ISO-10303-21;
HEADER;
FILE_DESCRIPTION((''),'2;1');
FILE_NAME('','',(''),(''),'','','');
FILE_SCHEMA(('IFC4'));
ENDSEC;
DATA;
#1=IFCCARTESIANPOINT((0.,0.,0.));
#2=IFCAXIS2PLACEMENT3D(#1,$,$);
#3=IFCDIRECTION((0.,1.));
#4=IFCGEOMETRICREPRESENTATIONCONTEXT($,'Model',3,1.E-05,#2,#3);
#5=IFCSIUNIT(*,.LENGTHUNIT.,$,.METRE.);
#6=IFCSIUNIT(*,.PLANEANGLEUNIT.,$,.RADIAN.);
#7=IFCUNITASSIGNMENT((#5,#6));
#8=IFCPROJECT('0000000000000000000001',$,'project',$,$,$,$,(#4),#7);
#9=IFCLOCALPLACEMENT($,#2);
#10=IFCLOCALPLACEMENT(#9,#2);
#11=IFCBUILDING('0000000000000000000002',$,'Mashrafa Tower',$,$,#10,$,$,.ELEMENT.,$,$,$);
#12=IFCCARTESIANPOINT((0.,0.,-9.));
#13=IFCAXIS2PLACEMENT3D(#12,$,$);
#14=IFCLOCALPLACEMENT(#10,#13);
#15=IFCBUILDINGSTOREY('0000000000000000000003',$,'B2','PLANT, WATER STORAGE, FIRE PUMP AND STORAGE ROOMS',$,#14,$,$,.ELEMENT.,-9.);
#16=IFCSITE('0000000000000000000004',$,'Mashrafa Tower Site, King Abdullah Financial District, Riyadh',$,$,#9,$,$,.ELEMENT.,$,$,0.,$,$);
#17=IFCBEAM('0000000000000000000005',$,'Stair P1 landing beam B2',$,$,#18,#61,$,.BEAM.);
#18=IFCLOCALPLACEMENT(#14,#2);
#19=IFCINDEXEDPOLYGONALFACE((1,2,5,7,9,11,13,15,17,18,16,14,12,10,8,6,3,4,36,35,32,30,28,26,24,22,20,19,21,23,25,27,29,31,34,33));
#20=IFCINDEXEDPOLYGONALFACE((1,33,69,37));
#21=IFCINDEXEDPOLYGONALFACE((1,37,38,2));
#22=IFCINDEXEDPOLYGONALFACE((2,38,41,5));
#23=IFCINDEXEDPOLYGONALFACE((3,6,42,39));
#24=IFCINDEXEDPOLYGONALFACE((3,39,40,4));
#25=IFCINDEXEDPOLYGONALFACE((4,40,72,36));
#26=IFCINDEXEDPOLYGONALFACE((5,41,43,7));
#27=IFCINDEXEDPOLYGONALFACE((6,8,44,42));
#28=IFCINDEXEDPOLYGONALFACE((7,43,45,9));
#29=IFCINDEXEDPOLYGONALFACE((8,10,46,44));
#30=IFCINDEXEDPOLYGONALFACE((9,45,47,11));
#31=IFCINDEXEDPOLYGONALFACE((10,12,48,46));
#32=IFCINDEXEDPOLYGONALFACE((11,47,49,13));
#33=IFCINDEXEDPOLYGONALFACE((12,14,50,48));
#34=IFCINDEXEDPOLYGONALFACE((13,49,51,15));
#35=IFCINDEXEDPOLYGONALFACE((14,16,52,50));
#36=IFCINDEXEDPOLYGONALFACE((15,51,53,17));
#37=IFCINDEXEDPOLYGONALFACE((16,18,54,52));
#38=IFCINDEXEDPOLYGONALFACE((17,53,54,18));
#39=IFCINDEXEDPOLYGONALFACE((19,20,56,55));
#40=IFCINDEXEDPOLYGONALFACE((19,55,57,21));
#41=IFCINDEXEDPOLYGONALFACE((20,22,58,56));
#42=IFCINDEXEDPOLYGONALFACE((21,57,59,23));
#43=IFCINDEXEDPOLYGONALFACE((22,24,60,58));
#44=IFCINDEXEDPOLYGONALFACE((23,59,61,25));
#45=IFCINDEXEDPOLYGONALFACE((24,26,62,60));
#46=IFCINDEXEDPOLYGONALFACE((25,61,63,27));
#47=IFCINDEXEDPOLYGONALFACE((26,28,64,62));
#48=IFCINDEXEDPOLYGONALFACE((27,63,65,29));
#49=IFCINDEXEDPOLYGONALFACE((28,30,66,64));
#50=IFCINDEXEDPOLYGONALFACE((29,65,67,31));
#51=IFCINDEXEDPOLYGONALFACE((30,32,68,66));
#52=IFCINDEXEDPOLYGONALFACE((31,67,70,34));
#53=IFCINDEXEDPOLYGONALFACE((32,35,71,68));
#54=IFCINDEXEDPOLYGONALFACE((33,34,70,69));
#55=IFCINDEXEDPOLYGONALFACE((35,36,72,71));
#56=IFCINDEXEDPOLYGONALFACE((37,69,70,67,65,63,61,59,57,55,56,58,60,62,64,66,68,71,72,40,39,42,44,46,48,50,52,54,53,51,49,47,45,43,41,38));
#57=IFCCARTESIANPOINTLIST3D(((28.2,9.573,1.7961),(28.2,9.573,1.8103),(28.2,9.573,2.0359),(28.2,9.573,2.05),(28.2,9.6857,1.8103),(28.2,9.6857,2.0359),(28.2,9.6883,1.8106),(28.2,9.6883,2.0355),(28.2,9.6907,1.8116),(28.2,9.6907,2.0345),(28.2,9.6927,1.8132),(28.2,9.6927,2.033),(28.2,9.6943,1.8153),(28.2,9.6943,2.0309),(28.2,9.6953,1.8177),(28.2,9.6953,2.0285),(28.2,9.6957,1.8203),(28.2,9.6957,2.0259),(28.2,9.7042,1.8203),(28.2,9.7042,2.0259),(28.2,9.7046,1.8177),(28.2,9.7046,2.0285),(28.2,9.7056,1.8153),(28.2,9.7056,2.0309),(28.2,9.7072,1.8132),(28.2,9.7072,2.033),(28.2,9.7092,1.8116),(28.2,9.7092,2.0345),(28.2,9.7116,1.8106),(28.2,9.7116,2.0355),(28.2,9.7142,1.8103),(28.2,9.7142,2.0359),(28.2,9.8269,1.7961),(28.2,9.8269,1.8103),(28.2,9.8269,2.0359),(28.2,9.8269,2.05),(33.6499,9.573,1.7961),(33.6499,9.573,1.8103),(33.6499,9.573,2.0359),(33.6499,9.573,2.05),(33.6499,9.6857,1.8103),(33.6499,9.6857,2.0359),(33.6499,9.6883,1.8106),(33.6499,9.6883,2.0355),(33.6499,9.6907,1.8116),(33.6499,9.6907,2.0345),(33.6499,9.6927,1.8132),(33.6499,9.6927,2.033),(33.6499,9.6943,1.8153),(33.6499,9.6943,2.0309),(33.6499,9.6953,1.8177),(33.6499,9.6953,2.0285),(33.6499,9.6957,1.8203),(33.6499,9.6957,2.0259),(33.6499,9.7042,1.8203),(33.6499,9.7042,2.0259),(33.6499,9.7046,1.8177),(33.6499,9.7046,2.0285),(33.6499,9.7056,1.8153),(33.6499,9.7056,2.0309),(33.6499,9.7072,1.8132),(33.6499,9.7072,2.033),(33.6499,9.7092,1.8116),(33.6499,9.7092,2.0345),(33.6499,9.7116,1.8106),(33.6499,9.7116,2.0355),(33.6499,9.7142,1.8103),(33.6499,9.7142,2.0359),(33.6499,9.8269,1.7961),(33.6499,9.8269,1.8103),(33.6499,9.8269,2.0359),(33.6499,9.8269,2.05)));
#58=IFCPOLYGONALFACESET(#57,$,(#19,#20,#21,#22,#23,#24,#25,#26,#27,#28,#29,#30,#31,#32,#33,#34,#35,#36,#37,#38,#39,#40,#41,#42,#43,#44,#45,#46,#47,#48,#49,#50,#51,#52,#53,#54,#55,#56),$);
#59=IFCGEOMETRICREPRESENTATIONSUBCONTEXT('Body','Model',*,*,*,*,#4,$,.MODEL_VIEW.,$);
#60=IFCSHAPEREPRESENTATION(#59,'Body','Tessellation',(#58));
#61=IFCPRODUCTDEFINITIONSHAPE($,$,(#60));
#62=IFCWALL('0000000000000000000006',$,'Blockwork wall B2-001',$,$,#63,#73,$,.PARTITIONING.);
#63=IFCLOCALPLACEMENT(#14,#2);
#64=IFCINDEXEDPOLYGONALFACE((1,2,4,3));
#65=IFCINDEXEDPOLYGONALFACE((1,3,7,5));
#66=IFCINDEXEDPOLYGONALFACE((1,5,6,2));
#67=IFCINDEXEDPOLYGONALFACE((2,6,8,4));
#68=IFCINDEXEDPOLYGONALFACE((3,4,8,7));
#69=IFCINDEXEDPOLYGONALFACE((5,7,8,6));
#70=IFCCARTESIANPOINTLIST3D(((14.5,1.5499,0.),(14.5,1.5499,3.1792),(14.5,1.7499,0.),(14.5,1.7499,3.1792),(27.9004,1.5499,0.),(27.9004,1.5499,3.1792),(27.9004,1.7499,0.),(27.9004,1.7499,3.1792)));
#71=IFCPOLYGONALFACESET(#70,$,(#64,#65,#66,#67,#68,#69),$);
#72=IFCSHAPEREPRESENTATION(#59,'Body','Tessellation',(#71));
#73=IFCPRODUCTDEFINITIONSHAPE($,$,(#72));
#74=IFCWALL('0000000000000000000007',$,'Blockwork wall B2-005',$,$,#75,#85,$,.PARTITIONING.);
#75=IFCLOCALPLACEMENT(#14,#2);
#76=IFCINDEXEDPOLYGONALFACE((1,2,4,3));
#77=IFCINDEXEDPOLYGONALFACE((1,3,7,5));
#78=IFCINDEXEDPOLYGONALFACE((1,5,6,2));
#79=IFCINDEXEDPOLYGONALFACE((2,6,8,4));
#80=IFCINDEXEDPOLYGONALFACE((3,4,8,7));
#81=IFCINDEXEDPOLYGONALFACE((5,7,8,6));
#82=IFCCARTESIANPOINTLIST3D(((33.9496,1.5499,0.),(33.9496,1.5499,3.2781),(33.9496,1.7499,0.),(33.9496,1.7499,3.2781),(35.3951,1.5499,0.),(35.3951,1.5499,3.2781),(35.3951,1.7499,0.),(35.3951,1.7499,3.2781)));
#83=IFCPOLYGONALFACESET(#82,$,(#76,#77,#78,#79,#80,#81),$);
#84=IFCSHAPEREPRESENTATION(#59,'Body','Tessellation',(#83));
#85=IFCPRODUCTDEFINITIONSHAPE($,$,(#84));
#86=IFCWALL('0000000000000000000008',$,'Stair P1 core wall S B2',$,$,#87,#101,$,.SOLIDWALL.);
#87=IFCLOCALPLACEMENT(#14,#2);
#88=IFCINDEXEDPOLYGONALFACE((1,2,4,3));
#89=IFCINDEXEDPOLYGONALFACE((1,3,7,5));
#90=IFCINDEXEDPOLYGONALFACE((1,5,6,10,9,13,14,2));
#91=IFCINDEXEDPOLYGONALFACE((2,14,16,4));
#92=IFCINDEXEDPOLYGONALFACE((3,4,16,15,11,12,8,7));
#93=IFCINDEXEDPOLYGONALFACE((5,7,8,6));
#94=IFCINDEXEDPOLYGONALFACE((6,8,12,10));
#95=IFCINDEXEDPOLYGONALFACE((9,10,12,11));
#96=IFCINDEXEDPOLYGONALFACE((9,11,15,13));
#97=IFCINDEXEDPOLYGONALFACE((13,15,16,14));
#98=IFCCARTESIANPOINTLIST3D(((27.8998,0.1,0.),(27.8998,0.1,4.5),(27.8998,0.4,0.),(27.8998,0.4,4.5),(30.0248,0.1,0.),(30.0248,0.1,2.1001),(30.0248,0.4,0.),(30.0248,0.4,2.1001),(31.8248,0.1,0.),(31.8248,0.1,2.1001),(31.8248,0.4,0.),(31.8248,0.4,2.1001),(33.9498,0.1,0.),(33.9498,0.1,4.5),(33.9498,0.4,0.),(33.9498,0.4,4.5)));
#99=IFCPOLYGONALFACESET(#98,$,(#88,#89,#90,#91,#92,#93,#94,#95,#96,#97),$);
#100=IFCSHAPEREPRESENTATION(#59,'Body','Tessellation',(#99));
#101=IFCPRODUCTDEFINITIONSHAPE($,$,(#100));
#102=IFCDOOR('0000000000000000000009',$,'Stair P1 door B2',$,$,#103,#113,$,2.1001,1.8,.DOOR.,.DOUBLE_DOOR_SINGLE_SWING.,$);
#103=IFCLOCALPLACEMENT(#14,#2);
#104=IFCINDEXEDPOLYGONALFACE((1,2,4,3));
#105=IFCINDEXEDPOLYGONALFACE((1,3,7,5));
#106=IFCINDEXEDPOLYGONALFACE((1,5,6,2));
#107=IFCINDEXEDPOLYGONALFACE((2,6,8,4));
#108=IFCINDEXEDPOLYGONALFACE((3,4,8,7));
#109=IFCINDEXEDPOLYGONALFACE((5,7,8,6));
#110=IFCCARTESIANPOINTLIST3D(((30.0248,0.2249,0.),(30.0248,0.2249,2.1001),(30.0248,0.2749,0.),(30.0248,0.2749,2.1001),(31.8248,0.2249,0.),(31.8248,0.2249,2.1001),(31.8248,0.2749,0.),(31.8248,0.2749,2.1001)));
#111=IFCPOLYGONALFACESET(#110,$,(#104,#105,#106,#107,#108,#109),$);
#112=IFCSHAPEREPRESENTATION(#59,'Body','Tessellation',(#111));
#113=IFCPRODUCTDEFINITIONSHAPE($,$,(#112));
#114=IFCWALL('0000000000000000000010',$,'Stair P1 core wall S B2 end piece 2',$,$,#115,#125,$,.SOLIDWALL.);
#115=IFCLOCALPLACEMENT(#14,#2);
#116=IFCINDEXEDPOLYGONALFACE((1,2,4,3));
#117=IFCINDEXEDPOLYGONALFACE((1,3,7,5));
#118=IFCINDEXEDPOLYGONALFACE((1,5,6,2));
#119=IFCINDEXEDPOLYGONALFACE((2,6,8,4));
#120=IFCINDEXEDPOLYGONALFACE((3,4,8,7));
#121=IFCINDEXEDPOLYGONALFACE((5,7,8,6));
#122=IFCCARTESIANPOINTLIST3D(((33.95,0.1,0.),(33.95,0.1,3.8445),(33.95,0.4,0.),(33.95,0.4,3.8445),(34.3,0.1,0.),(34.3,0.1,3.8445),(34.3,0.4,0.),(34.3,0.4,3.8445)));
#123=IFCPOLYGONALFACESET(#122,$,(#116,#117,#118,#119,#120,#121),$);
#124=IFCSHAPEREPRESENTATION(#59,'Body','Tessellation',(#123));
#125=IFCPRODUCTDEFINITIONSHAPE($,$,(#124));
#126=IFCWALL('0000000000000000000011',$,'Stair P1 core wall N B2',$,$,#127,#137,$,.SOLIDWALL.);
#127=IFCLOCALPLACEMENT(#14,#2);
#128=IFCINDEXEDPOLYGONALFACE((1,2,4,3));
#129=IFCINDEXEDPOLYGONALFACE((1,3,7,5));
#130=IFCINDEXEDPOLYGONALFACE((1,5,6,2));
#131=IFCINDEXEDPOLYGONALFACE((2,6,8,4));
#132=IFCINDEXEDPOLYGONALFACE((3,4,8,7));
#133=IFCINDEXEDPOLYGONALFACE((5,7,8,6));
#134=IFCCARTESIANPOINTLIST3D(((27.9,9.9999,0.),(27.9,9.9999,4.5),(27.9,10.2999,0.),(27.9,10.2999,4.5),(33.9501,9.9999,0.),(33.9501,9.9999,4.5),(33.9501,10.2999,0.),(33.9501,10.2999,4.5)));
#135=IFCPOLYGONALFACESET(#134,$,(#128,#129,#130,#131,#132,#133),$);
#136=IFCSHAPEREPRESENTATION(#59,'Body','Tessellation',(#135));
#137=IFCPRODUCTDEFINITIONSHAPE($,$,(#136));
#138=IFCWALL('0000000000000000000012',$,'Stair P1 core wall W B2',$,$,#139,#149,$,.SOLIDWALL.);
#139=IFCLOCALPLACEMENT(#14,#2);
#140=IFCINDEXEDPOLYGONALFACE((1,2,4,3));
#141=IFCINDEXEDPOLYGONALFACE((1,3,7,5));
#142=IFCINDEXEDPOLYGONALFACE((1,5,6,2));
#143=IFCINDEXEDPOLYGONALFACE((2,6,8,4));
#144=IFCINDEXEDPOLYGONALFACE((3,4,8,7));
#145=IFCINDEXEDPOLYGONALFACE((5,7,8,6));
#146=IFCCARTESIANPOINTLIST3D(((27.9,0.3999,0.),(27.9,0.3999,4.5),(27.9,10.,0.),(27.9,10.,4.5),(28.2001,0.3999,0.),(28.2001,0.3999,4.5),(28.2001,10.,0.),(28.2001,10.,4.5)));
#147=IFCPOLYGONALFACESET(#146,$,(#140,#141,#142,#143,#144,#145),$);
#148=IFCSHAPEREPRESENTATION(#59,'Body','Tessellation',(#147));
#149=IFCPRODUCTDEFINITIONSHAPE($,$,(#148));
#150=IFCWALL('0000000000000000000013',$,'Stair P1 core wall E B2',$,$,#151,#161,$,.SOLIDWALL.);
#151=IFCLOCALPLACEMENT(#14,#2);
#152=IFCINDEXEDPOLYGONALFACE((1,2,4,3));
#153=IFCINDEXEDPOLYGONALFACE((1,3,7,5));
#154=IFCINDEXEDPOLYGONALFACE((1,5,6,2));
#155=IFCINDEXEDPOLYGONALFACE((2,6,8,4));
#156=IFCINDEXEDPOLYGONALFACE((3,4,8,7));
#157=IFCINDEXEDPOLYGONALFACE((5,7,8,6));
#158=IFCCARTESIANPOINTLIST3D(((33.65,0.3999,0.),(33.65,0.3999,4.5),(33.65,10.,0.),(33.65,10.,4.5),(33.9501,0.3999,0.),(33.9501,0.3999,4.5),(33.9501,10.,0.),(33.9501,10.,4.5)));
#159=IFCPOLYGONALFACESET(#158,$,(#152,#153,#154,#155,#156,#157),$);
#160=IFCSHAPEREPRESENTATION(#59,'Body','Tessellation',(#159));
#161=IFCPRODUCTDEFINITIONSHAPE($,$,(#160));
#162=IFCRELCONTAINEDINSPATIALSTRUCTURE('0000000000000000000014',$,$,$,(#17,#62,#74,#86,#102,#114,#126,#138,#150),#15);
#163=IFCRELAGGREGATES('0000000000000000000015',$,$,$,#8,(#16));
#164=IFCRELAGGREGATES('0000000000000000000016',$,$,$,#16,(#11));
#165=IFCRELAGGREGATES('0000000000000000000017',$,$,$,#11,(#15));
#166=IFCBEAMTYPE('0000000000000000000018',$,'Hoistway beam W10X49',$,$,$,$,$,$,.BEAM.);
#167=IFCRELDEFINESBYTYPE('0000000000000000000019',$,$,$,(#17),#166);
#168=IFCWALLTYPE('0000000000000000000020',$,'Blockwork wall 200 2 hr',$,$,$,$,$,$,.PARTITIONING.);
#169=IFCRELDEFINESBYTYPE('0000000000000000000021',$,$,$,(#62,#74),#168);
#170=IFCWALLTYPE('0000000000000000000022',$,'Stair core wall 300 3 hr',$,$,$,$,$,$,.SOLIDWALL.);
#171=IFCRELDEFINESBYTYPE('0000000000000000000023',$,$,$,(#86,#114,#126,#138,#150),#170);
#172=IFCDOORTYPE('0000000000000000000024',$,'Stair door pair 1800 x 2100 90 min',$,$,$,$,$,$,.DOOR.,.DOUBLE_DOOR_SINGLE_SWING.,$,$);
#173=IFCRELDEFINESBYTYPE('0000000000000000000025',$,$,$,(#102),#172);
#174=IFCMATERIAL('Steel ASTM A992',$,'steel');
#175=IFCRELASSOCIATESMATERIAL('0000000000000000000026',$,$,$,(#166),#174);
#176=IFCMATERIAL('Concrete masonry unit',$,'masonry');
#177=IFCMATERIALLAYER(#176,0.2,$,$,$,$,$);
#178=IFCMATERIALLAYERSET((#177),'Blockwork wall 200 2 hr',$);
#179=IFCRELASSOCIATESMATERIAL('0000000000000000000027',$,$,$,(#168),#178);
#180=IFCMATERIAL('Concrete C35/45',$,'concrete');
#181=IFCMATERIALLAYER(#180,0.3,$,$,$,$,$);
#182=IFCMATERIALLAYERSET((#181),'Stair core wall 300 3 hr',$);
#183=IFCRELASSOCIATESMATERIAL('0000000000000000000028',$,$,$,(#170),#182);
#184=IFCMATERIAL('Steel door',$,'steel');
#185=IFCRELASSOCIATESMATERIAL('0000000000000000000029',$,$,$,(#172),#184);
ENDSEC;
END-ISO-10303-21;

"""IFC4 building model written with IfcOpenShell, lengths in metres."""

from ifc_helpers import new_model, si_unit, direction, frame, frame_2d, origin, origin_2d, place, context, subcontext, project, spatial, rectangle, i_section, extrude, material, layer, layer_set, material_profile, profile_set, type_object, element, fill, save


model = new_model("IFC4")

# Units and contexts
model_context = context("Model", 3, precision=1e-05, world=origin(), true_north=direction((0.0, 1.0)))
body_context = subcontext(model_context, "Body", "Model", "MODEL_VIEW")
ifc_project = project(units=[si_unit("LENGTHUNIT", "METRE"), si_unit("PLANEANGLEUNIT", "RADIAN")], contexts=[model_context])

# Site, building, storey
site_placement = place(None, origin())
site = spatial("IfcSite", under=ifc_project, at=site_placement, Name="Mashrafa Tower Site, King Abdullah Financial District, Riyadh", CompositionType="ELEMENT", RefElevation=0.0)
building_placement = place(site_placement, origin())
building = spatial("IfcBuilding", under=site, at=building_placement, Name="Mashrafa Tower", CompositionType="ELEMENT")
storey_placement = place(building_placement, frame((0.0, 0.0, -9.0)))
storey = spatial("IfcBuildingStorey", under=building, at=storey_placement, Name="B2", Description="PLANT, WATER STORAGE, FIRE PUMP AND STORAGE ROOMS", CompositionType="ELEMENT", Elevation=-9.0)

# Beam
ifc_material_1 = material(Name="Steel ASTM A992", Category="steel")
ifc_material_profile_1 = material_profile(ifc_material_1, i_section(OverallWidth=0.2539, OverallDepth=0.2539, WebThickness=0.0085, FlangeThickness=0.0142, FilletRadius=0.01, at=origin_2d()), Name="W10X49")
ifc_profile_set_1 = profile_set([ifc_material_profile_1], Name="Steel ASTM A992")
beam_type = type_object("IfcBeamType", Name="Hoistway beam W10X49", PredefinedType="BEAM", material=ifc_profile_set_1)
beam_placement = place(storey_placement, frame((28.2, 9.7, 1.9231), z_axis=(1.0, 0.0, 0.0), x_axis=(0.0, 1.0, 0.0)))
element("IfcBeam", 1, at=beam_placement, inside=storey, type_object=beam_type, Name="Stair P1 landing beam B2", PredefinedType="BEAM", context=body_context, shape_type="SweptSolid", body=[
    extrude(i_section(OverallWidth=0.2539, OverallDepth=0.2539, WebThickness=0.0085, FlangeThickness=0.0142, FilletRadius=0.01, at=origin_2d()), origin(), (0.0, 0.0, 1.0), 5.45),
])

# Walls
ifc_material_2 = material(Name="Concrete masonry unit", Category="masonry")
ifc_layer_1 = layer(ifc_material_2, 0.2)
ifc_layer_set_1 = layer_set([ifc_layer_1], Name="Blockwork wall 200 2 hr")
wall_type_1 = type_object("IfcWallType", Name="Blockwork wall 200 2 hr", PredefinedType="PARTITIONING", material=ifc_layer_set_1)
wall_1_placement = place(storey_placement, frame((27.9004, 1.6499, 0.0), z_axis=(0.0, 0.0, 1.0), x_axis=(-1.0, 0.0, 0.0)))
element("IfcWall", 2, at=wall_1_placement, inside=storey, type_object=wall_type_1, Name="Blockwork wall B2-001", PredefinedType="PARTITIONING", context=body_context, shape_type="SweptSolid", body=[
    extrude(rectangle(XDim=13.4004, YDim=0.2, at=frame_2d((6.7002, 0.0))), origin(), (0.0, 0.0, 1.0), 3.1792),
])
wall_2_placement = place(storey_placement, frame((35.395, 1.6499, 0.0), z_axis=(0.0, 0.0, 1.0), x_axis=(-1.0, 0.0, 0.0)))
element("IfcWall", 3, at=wall_2_placement, inside=storey, type_object=wall_type_1, Name="Blockwork wall B2-005", PredefinedType="PARTITIONING", context=body_context, shape_type="SweptSolid", body=[
    extrude(rectangle(XDim=1.4456, YDim=0.2, at=frame_2d((0.7227, 0.0))), origin(), (0.0, 0.0, 1.0), 3.2781),
])

# Wall, opening, door
ifc_material_3 = material(Name="Concrete C35/45", Category="concrete")
ifc_layer_2 = layer(ifc_material_3, 0.3)
ifc_layer_set_2 = layer_set([ifc_layer_2], Name="Stair core wall 300 3 hr")
wall_type_2 = type_object("IfcWallType", Name="Stair core wall 300 3 hr", PredefinedType="SOLIDWALL", material=ifc_layer_set_2)
wall_3_placement = place(storey_placement, frame((27.8999, 0.25, 0.0), z_axis=(0.0, 0.0, 1.0), x_axis=(1.0, 0.0, 0.0)))
wall_3 = element("IfcWall", 4, at=wall_3_placement, inside=storey, type_object=wall_type_2, Name="Stair P1 core wall S B2", PredefinedType="SOLIDWALL", context=body_context, shape_type="SweptSolid", body=[
    extrude(rectangle(XDim=6.05, YDim=0.3, at=frame_2d((3.0249, 0.0))), origin(), (0.0, 0.0, 1.0), 4.5),
])
opening_placement = place(wall_3_placement, frame((2.125, 0.0, 0.0)))
opening = element("IfcOpeningElement", 5, at=opening_placement, cuts=wall_3, PredefinedType="OPENING", context=body_context, shape_type="SweptSolid", body=[
    extrude(rectangle(XDim=1.8, YDim=2.1001, at=frame_2d((0.8999, 1.05))), frame((0.0, 0.1599, 0.0), z_axis=(0.0, -1.0, 0.0), x_axis=(1.0, 0.0, 0.0)), (0.0, 0.0, 1.0), 0.3201),
])
ifc_material_4 = material(Name="Steel door", Category="steel")
door_type = type_object("IfcDoorType", Name="Stair door pair 1800 x 2100 90 min", OperationType="DOUBLE_DOOR_SINGLE_SWING", PredefinedType="DOOR", material=ifc_material_4)
door_placement = place(opening_placement, origin())
door = element("IfcDoor", 6, at=door_placement, inside=storey, type_object=door_type, Name="Stair P1 door B2", OperationType="DOUBLE_DOOR_SINGLE_SWING", OverallHeight=2.1001, OverallWidth=1.8, PredefinedType="DOOR", context=body_context, shape_type="SweptSolid", body=[
    extrude(rectangle(XDim=1.8, YDim=2.1001, at=frame_2d((0.8999, 1.05))), frame((0.0, 0.0249, 0.0), z_axis=(0.0, -1.0, 0.0), x_axis=(1.0, 0.0, 0.0)), (0.0, 0.0, 1.0), 0.05),
])
fill(opening, door)

# Walls
wall_4_placement = place(storey_placement, frame((33.95, 0.25, 0.0), z_axis=(0.0, 0.0, 1.0), x_axis=(1.0, 0.0, 0.0)))
element("IfcWall", 7, at=wall_4_placement, inside=storey, type_object=wall_type_2, Name="Stair P1 core wall S B2 end piece 2", PredefinedType="SOLIDWALL", context=body_context, shape_type="SweptSolid", body=[
    extrude(rectangle(XDim=0.3501, YDim=0.3, at=frame_2d((0.175, 0.0))), origin(), (0.0, 0.0, 1.0), 3.8445),
])
wall_5_placement = place(storey_placement, frame((33.95, 10.1499, 0.0), z_axis=(0.0, 0.0, 1.0), x_axis=(-1.0, 0.0, 0.0)))
element("IfcWall", 8, at=wall_5_placement, inside=storey, type_object=wall_type_2, Name="Stair P1 core wall N B2", PredefinedType="SOLIDWALL", context=body_context, shape_type="SweptSolid", body=[
    extrude(rectangle(XDim=6.05, YDim=0.3, at=frame_2d((3.0249, 0.0))), origin(), (0.0, 0.0, 1.0), 4.5),
])
for number, where, z_axis, x_axis, name in (
    (9, (28.05, 10.0, 0.0), (0.0, 0.0, 1.0), (0.0, -1.0, 0.0), "Stair P1 core wall W B2"),
    (10, (33.8, 0.3999, 0.0), (0.0, 0.0, 1.0), (0.0, 1.0, 0.0), "Stair P1 core wall E B2"),
):
    element("IfcWall", number, at=place(storey_placement, frame(where, z_axis=z_axis, x_axis=x_axis)), inside=storey, type_object=wall_type_2, Name=name, PredefinedType="SOLIDWALL", context=body_context, shape_type="SweptSolid", body=[
        extrude(rectangle(XDim=9.6001, YDim=0.3, at=frame_2d((4.8, 0.0))), origin(), (0.0, 0.0, 1.0), 4.5),
    ])

save(model, "model.ifc")
